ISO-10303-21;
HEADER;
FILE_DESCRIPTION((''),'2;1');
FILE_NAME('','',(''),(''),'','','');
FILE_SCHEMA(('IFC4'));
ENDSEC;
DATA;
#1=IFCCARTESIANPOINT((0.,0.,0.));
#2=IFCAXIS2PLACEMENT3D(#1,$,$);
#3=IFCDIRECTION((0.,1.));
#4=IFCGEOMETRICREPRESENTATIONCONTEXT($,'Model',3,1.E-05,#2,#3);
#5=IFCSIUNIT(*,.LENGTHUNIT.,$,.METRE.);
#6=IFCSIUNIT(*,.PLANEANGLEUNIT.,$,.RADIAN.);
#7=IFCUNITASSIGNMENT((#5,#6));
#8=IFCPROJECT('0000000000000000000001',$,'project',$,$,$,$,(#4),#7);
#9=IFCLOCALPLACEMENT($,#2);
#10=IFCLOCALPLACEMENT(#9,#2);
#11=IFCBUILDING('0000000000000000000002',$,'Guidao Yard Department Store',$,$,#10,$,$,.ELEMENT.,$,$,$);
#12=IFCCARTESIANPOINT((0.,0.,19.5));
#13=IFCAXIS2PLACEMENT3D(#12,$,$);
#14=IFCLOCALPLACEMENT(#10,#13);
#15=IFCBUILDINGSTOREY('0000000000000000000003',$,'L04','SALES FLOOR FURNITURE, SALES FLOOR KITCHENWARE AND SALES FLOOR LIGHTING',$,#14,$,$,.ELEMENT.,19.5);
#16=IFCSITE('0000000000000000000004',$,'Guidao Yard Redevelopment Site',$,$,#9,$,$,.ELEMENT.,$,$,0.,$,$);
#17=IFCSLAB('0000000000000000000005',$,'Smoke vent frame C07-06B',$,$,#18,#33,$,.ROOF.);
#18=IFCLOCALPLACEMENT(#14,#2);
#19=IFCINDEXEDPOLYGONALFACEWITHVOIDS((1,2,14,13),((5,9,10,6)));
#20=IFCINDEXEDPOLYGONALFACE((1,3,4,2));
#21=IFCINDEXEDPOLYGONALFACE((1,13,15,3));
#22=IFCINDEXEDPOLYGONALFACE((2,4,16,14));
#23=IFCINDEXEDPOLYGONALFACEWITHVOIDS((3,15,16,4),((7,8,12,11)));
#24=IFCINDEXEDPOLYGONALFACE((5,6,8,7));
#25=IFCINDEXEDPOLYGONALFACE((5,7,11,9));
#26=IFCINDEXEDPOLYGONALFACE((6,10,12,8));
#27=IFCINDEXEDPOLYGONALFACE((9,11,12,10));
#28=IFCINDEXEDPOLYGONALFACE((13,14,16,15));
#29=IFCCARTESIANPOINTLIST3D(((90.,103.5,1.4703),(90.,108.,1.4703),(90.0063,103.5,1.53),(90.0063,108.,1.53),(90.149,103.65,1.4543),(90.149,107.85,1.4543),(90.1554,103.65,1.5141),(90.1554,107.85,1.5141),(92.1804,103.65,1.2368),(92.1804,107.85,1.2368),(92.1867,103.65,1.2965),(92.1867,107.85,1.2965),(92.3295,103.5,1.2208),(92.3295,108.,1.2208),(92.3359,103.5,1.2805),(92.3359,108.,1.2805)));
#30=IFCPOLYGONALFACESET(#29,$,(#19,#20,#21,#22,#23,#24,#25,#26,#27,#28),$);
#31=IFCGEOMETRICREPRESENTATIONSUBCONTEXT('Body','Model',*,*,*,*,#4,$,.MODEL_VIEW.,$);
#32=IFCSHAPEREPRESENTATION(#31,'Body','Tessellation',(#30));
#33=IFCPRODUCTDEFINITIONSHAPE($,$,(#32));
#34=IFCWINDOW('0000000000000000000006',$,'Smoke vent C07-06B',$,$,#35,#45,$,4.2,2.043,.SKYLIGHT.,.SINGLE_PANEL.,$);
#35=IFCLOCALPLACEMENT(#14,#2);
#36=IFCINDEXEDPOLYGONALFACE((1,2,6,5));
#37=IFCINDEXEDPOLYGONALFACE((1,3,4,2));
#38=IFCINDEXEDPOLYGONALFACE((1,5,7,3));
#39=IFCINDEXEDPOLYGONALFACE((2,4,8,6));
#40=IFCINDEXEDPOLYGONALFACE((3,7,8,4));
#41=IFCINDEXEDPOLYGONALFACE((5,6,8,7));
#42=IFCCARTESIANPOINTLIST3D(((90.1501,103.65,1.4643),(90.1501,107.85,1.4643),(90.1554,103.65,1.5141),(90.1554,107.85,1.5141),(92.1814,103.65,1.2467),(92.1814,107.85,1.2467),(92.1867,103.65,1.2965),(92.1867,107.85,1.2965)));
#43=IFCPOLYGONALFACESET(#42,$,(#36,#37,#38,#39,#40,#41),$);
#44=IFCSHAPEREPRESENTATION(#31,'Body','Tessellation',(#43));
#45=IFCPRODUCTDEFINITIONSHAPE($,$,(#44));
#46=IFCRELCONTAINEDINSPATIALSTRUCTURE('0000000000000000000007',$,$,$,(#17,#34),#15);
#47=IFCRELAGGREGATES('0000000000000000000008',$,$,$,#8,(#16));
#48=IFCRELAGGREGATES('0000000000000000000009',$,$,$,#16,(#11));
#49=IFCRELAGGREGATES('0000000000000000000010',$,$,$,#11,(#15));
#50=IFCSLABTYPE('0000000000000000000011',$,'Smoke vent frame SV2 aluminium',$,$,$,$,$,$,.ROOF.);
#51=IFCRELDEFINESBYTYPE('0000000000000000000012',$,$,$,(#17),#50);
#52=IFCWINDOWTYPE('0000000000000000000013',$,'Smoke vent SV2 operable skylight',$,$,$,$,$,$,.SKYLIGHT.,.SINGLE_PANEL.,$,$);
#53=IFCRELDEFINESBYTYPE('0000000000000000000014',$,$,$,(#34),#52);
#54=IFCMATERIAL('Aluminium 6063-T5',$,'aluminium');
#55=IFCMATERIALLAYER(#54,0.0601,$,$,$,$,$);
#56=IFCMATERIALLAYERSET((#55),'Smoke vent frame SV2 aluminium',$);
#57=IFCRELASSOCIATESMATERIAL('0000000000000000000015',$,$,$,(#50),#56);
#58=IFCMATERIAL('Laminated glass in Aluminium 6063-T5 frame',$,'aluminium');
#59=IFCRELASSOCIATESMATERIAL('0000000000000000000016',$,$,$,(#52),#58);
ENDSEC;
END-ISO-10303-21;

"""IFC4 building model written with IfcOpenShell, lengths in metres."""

from ifc_helpers import new_model, si_unit, direction, frame, origin, origin_2d, place, context, subcontext, project, spatial, polyline, rectangle, outline, extrude, material, layer, layer_set, type_object, element, fill, save


model = new_model("IFC4")

# Units and contexts
model_context = context("Model", 3, precision=1e-05, world=origin(), true_north=direction((0.0, 1.0)))
body_context = subcontext(model_context, "Body", "Model", "MODEL_VIEW")
ifc_project = project(units=[si_unit("LENGTHUNIT", "METRE"), si_unit("PLANEANGLEUNIT", "RADIAN")], contexts=[model_context])

# Site, building, storey
site_placement = place(None, origin())
site = spatial("IfcSite", under=ifc_project, at=site_placement, Name="Guidao Yard Redevelopment Site", CompositionType="ELEMENT", RefElevation=0.0)
building_placement = place(site_placement, origin())
building = spatial("IfcBuilding", under=site, at=building_placement, Name="Guidao Yard Department Store", CompositionType="ELEMENT")
storey_placement = place(building_placement, frame((0.0, 0.0, 19.5)))
storey = spatial("IfcBuildingStorey", under=building, at=storey_placement, Name="L04", Description="SALES FLOOR FURNITURE, SALES FLOOR KITCHENWARE AND SALES FLOOR LIGHTING", CompositionType="ELEMENT", Elevation=19.5)

# Slab, opening, window
ifc_material_1 = material(Name="Aluminium 6063-T5", Category="aluminium")
ifc_layer = layer(ifc_material_1, 0.0601)
ifc_layer_set = layer_set([ifc_layer], Name="Smoke vent frame SV2 aluminium")
slab_type = type_object("IfcSlabType", Name="Smoke vent frame SV2 aluminium", PredefinedType="ROOF", material=ifc_layer_set)
ifc_material_2 = material(Name="Laminated glass in Aluminium 6063-T5 frame", Category="aluminium")
window_type = type_object("IfcWindowType", Name="Smoke vent SV2 operable skylight", PartitioningType="SINGLE_PANEL", PredefinedType="SKYLIGHT", material=ifc_material_2)
slab_1_placement = place(storey_placement, frame((90.0063, 103.5, 1.53), z_axis=(0.106496, 0.0, 0.994313), x_axis=(0.994313, 0.0, -0.106496)))
slab_1 = element("IfcSlab", 1, at=slab_1_placement, inside=storey, type_object=slab_type, Name="Smoke vent frame C07-06B", PredefinedType="ROOF", context=body_context, shape_type="SweptSolid", body=[
    extrude(outline(polyline([(0.0, 0.0), (2.3429, 0.0), (2.3429, 4.5), (0.0, 4.5), (0.0, 0.0)])), origin(), (0.0, 0.0, -1.0), 0.0601),
])
opening_1_placement = place(slab_1_placement, frame((1.1714, 2.25, 0.0)))
opening_1 = element("IfcOpeningElement", 2, at=opening_1_placement, cuts=slab_1, PredefinedType="OPENING", context=body_context, shape_type="SweptSolid", body=[
    extrude(rectangle(XDim=2.043, YDim=4.2, at=origin_2d()), frame((0.0, 0.0, 0.01)), (0.0, 0.0, -1.0), 0.0801),
])
window_1_placement = place(opening_1_placement, frame((0.0, 0.0, -0.05)))
window_1 = element("IfcWindow", 3, at=window_1_placement, inside=storey, type_object=window_type, Name="Smoke vent C07-06B", OverallHeight=4.2, OverallWidth=2.043, PartitioningType="SINGLE_PANEL", PredefinedType="SKYLIGHT", context=body_context, shape_type="SweptSolid", body=[
    extrude(rectangle(XDim=2.043, YDim=4.2, at=origin_2d()), origin(), (0.0, 0.0, 1.0), 0.05),
])
fill(opening_1, window_1)

save(model, "model.ifc")
